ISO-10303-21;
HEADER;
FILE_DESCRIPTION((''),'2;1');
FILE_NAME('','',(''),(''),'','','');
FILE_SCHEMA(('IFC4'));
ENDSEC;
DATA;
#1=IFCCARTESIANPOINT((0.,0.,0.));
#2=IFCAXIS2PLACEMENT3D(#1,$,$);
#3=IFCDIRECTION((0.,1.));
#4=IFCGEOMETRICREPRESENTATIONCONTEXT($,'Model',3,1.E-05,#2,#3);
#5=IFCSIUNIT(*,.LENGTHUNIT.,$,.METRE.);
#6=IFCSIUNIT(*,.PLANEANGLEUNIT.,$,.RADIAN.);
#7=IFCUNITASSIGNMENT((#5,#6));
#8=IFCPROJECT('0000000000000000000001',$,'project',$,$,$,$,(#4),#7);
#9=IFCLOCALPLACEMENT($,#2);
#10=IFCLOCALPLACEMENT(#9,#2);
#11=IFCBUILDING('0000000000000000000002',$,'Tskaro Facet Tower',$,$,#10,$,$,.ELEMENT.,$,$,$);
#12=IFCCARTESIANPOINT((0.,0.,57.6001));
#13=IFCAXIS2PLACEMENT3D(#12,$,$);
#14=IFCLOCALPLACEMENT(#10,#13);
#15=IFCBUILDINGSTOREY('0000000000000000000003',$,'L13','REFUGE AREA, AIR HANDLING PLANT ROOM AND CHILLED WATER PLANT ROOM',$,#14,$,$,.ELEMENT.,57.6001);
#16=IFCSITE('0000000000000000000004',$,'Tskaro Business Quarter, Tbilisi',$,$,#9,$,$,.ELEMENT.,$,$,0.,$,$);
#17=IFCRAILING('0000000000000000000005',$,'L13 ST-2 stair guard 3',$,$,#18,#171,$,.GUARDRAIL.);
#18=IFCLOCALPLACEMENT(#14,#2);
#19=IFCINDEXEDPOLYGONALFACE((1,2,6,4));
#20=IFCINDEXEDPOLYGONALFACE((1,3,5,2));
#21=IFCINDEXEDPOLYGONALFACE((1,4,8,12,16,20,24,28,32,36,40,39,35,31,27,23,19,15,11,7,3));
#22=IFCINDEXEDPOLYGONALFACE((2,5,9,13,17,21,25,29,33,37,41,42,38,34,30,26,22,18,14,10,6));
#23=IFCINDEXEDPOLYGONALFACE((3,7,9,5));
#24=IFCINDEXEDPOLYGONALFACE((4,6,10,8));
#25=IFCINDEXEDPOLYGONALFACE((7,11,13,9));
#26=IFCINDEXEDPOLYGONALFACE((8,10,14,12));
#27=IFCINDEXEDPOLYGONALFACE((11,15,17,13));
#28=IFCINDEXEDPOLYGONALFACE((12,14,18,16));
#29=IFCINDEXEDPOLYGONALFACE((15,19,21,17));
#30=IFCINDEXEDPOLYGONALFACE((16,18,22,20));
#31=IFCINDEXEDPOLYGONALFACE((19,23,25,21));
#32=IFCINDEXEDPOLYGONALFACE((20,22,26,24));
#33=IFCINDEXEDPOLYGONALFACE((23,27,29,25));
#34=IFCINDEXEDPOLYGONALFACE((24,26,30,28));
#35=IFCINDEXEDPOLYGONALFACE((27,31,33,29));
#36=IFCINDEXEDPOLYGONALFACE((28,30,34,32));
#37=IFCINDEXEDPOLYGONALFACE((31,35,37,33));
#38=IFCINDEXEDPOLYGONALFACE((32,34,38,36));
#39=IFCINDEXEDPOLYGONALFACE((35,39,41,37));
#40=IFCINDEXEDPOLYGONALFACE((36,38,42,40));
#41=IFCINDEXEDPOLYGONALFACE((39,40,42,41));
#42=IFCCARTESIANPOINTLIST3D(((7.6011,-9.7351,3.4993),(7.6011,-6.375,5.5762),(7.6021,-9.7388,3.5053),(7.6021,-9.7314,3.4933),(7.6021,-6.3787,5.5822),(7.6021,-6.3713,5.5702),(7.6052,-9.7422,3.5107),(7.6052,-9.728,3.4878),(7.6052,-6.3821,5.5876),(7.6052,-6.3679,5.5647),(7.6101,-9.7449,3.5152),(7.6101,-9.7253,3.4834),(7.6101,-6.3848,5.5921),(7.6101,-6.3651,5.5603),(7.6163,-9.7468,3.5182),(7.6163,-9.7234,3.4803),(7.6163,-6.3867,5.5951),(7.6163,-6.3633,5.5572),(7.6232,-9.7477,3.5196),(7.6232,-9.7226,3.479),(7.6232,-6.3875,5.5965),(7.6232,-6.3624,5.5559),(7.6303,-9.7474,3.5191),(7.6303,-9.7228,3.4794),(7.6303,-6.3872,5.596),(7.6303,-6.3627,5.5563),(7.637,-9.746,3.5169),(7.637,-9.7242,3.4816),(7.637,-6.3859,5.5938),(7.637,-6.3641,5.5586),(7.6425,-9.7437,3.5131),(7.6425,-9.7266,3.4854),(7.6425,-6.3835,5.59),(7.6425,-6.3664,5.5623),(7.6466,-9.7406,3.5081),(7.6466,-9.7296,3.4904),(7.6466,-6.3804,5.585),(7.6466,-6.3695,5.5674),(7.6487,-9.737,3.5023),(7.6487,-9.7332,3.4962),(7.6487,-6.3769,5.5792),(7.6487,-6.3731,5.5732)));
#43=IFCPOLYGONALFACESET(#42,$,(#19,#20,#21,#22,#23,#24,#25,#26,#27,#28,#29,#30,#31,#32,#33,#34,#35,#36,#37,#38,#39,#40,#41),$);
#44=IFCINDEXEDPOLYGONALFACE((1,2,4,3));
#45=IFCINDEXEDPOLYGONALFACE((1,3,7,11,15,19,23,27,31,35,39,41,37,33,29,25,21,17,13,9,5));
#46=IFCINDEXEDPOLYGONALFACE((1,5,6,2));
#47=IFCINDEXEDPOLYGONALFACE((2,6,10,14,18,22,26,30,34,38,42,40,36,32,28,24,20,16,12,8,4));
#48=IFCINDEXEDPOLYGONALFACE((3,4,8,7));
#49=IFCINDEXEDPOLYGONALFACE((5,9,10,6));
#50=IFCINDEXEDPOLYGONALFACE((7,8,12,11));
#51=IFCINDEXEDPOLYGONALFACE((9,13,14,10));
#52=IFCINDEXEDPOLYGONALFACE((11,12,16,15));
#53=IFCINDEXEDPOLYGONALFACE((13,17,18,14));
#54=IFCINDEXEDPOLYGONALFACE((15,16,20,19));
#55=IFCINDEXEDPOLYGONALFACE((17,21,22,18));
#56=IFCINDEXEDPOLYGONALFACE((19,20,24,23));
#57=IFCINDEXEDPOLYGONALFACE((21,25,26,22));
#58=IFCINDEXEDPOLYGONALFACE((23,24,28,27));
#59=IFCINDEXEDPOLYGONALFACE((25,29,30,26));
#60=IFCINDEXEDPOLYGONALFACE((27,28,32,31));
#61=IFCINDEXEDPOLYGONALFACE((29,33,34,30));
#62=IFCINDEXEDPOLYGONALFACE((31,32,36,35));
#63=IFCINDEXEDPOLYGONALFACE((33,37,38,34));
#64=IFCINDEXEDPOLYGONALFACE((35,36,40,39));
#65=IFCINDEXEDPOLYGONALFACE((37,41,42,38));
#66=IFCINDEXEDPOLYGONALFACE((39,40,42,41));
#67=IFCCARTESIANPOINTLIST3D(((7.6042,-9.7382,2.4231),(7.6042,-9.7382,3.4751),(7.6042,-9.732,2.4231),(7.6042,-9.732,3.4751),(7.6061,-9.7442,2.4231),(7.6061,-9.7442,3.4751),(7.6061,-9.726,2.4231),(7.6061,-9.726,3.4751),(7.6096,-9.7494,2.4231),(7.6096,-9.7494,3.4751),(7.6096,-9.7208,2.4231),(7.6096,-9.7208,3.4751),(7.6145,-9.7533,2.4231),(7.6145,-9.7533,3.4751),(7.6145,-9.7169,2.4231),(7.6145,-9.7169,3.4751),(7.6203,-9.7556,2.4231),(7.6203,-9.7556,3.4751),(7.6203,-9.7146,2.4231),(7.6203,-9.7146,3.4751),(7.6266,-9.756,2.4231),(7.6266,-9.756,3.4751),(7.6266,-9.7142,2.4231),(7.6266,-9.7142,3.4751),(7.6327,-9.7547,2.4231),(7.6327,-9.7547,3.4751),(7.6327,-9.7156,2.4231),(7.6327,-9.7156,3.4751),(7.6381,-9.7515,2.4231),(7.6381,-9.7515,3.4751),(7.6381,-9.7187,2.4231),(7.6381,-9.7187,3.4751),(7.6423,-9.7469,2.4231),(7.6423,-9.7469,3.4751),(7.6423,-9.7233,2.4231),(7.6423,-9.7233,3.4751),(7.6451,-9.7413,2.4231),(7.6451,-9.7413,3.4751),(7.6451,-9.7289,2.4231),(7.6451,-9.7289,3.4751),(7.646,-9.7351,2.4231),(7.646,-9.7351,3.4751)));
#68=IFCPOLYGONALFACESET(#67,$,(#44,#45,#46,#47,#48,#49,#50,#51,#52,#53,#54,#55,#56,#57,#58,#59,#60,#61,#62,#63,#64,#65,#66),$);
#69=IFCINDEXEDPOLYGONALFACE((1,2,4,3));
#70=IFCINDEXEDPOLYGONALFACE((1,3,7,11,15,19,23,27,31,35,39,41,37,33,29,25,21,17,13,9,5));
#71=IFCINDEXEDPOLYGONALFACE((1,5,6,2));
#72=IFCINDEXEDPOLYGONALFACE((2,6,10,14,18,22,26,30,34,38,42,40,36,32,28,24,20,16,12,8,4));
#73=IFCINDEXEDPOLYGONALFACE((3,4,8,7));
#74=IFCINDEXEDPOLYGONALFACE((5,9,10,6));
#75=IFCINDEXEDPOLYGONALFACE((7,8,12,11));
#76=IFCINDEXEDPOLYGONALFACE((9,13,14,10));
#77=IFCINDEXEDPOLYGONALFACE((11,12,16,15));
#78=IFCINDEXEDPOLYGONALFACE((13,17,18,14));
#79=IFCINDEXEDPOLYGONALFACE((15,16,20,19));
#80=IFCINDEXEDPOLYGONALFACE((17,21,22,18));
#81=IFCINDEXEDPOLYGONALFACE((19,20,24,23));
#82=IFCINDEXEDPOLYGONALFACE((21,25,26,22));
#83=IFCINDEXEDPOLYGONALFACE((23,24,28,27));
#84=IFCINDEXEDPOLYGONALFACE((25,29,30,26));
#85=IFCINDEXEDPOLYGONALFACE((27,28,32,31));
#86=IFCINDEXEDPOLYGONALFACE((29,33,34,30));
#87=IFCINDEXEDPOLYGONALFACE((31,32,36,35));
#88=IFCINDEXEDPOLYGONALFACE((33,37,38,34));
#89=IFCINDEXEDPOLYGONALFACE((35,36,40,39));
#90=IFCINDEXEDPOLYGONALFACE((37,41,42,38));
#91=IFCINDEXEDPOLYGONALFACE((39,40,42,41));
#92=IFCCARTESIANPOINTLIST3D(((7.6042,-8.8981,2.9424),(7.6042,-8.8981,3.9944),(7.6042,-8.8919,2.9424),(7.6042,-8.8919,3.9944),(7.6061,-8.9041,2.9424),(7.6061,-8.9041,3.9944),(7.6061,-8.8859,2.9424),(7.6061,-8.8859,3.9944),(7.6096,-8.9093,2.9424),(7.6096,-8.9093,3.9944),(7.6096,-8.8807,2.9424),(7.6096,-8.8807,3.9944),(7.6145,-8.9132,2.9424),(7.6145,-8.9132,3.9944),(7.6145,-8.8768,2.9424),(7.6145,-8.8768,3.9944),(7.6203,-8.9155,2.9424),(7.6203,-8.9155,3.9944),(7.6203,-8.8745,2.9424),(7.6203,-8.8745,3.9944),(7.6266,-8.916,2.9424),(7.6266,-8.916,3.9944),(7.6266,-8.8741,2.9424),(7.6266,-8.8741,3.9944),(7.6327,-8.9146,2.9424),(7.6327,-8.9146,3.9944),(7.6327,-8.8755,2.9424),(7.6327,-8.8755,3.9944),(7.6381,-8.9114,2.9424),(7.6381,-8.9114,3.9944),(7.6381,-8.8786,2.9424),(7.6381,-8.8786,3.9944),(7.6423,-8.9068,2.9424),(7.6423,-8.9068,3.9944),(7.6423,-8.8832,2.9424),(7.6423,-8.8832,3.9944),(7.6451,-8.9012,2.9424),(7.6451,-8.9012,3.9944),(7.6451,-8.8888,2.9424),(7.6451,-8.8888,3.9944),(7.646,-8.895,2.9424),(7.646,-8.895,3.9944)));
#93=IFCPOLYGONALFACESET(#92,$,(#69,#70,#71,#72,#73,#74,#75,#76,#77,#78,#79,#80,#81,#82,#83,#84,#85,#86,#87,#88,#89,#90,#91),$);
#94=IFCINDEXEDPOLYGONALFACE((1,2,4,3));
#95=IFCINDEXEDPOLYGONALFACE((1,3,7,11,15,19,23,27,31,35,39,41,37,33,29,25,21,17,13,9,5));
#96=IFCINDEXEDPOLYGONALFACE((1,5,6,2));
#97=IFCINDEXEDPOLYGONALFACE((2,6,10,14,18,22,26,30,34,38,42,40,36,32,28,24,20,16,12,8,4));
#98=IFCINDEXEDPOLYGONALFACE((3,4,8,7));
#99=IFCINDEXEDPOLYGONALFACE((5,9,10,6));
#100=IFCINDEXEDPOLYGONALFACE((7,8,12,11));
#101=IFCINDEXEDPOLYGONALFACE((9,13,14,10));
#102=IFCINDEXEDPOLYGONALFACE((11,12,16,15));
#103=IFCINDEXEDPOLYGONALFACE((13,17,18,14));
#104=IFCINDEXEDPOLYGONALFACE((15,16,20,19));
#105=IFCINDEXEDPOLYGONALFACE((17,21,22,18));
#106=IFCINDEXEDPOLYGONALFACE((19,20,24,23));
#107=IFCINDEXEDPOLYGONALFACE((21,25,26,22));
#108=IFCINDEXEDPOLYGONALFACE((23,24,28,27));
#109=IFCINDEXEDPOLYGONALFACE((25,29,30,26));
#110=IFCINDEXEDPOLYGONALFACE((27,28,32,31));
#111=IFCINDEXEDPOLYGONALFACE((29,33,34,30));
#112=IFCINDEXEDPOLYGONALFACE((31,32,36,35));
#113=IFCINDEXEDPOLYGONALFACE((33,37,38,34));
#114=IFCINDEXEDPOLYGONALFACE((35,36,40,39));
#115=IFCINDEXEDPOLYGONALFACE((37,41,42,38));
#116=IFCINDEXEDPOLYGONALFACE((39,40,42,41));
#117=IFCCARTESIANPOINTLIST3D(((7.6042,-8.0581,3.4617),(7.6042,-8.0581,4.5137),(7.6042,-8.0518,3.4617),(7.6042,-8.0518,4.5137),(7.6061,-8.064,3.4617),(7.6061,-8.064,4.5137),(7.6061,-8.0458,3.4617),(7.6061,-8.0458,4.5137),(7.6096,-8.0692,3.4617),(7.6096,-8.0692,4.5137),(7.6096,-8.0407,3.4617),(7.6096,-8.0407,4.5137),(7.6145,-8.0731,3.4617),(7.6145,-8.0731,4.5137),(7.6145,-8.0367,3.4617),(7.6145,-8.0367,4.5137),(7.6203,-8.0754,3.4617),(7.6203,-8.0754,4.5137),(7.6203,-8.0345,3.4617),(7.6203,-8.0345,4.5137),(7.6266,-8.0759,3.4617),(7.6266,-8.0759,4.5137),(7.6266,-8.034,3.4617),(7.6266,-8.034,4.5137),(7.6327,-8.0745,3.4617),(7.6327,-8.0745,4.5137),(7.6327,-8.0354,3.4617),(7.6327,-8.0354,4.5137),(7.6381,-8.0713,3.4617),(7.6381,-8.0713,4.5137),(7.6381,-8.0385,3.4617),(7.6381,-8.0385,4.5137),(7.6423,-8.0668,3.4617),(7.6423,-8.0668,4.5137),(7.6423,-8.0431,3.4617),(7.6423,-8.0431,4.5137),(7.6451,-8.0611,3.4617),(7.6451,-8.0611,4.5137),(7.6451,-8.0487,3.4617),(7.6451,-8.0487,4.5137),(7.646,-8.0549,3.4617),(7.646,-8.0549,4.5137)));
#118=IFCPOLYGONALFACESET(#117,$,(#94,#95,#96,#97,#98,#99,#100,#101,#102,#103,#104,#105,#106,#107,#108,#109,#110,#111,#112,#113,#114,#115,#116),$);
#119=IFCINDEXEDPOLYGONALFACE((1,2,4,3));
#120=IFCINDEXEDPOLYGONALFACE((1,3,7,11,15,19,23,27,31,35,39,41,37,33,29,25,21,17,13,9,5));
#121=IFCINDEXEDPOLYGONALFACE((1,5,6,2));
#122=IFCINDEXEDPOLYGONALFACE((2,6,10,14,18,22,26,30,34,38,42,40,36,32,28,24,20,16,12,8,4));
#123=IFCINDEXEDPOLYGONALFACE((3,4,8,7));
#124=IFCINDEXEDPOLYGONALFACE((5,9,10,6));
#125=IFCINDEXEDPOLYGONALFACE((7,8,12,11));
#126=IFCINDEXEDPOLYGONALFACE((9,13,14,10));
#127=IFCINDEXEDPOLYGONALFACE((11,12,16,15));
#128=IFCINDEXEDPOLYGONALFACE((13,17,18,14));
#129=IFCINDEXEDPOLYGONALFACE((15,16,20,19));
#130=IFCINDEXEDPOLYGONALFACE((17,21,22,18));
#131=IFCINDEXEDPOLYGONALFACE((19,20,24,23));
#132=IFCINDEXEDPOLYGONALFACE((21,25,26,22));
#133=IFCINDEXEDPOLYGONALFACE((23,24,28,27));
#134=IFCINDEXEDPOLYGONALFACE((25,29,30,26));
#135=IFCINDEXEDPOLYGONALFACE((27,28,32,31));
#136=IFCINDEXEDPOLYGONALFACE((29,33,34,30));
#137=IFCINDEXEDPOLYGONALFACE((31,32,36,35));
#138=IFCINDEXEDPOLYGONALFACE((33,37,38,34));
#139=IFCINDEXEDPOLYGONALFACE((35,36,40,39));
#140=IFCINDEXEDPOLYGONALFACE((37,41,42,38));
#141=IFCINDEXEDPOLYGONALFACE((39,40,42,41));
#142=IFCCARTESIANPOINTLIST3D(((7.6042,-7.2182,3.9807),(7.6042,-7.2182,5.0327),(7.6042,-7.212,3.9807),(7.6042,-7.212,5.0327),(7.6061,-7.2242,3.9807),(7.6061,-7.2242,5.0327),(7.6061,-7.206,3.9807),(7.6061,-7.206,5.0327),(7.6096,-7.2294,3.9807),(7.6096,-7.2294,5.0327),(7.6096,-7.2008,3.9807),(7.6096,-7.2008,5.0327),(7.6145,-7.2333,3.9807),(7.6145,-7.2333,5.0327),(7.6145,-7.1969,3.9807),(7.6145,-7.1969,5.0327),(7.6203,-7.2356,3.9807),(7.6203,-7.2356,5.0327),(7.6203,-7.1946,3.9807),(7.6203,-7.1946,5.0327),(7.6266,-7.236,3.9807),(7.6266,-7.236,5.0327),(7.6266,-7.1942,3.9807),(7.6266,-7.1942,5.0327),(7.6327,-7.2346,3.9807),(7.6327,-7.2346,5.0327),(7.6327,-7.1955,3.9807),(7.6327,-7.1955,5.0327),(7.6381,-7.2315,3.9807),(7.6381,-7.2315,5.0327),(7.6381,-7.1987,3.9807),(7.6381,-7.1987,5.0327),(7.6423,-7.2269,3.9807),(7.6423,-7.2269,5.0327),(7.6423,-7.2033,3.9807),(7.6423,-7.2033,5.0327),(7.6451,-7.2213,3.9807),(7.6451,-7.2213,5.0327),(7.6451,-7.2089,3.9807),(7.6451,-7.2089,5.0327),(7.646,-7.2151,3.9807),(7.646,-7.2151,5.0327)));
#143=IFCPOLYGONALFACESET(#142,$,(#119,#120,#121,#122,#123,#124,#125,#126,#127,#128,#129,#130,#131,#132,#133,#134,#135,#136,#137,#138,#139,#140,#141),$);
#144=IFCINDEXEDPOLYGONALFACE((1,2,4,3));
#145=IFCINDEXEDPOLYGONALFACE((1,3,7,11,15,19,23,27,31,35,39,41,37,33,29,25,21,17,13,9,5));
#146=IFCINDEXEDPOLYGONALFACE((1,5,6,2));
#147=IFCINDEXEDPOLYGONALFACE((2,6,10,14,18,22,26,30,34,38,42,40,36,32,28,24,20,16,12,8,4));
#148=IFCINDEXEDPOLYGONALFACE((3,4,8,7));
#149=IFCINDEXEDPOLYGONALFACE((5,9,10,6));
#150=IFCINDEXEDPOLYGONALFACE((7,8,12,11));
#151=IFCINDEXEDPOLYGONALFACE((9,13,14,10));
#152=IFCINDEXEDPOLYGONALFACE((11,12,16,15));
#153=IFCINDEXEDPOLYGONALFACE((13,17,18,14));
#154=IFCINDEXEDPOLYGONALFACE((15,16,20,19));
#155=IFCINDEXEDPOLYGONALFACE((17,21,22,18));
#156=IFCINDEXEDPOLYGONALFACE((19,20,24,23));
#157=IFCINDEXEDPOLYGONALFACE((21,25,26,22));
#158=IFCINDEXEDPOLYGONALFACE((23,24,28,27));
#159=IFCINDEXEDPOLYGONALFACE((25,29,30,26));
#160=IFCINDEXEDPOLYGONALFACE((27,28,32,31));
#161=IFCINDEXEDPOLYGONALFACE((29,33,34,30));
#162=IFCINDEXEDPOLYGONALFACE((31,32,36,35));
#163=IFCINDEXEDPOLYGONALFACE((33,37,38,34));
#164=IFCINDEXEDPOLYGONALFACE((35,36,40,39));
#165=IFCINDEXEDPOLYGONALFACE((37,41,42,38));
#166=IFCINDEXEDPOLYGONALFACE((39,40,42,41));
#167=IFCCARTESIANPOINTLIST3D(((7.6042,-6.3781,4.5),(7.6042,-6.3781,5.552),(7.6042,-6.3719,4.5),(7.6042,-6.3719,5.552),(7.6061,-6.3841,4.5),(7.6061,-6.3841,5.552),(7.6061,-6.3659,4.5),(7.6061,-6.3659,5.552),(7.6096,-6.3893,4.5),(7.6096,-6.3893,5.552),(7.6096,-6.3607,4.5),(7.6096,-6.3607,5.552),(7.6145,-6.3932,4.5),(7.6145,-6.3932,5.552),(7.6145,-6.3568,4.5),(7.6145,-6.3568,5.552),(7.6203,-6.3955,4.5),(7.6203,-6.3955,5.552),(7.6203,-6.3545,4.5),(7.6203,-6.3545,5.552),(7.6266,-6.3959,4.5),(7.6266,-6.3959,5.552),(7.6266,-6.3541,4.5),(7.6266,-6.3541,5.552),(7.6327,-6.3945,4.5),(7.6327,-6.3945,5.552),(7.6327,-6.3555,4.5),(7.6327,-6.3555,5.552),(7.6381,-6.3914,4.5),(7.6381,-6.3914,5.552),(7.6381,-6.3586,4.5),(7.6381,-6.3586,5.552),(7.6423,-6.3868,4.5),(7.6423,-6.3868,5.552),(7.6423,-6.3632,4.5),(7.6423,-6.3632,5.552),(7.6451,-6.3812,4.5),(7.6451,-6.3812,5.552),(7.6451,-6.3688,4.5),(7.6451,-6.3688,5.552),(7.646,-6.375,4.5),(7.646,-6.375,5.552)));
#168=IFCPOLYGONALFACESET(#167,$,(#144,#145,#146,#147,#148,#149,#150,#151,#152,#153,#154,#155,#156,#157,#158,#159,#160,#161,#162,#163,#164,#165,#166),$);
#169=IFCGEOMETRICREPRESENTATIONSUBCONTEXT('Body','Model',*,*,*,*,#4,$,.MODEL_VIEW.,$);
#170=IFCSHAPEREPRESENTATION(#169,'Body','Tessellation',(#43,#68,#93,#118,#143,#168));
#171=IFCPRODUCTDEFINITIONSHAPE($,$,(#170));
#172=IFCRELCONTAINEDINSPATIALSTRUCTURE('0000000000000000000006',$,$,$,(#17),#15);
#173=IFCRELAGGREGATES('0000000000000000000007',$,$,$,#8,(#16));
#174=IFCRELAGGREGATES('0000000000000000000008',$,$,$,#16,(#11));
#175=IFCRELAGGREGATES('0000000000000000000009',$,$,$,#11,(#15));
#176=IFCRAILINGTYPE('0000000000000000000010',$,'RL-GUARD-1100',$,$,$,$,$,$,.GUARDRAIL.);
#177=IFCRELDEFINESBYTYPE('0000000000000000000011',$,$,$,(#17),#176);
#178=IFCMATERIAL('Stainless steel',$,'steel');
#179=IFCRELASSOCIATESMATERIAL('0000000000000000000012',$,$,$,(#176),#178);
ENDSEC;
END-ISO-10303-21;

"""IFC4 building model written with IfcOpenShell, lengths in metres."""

from ifc_helpers import new_model, si_unit, direction, frame, origin, origin_2d, place, context, subcontext, project, spatial, circle, extrude, material, type_object, element, save


model = new_model("IFC4")

# Units and contexts
model_context = context("Model", 3, precision=1e-05, world=origin(), true_north=direction((0.0, 1.0)))
body_context = subcontext(model_context, "Body", "Model", "MODEL_VIEW")
ifc_project = project(units=[si_unit("LENGTHUNIT", "METRE"), si_unit("PLANEANGLEUNIT", "RADIAN")], contexts=[model_context])

# Site, building, storey
site_placement = place(None, origin())
site = spatial("IfcSite", under=ifc_project, at=site_placement, Name="Tskaro Business Quarter, Tbilisi", CompositionType="ELEMENT", RefElevation=0.0)
building_placement = place(site_placement, origin())
building = spatial("IfcBuilding", under=site, at=building_placement, Name="Tskaro Facet Tower", CompositionType="ELEMENT")
storey_placement = place(building_placement, frame((0.0, 0.0, 57.6001)))
storey = spatial("IfcBuildingStorey", under=building, at=storey_placement, Name="L13", Description="REFUGE AREA, AIR HANDLING PLANT ROOM AND CHILLED WATER PLANT ROOM", CompositionType="ELEMENT", Elevation=57.6001)

# Railing
ifc_material_1 = material(Name="Stainless steel", Category="steel")
railing_type = type_object("IfcRailingType", Name="RL-GUARD-1100", PredefinedType="GUARDRAIL", material=ifc_material_1)
railing_1_placement = place(storey_placement, frame((7.625, -9.7351, 2.4231)))
element("IfcRailing", 1, at=railing_1_placement, inside=storey, type_object=railing_type, Name="L13 ST-2 stair guard 3", PredefinedType="GUARDRAIL", context=body_context, shape_type="SweptSolid", body=[
    extrude(circle(Radius=0.0239, at=origin_2d()), frame((0.0, 0.0, 1.0762), z_axis=(0.0, 0.850623, 0.525776), x_axis=(-1.0, 0.0, 0.0)), (0.0, 0.0, 1.0), 3.9502),
    extrude(circle(Radius=0.021, at=origin_2d()), origin(), (0.0, 0.0, 1.0), 1.052),
    extrude(circle(Radius=0.021, at=origin_2d()), frame((0.0, 0.8401, 0.5193)), (0.0, 0.0, 1.0), 1.052),
    extrude(circle(Radius=0.021, at=origin_2d()), frame((0.0, 1.6802, 1.0386)), (0.0, 0.0, 1.0), 1.052),
    extrude(circle(Radius=0.021, at=origin_2d()), frame((0.0, 2.52, 1.5576)), (0.0, 0.0, 1.0), 1.052),
    extrude(circle(Radius=0.021, at=origin_2d()), frame((0.0, 3.3601, 2.0769)), (0.0, 0.0, 1.0), 1.052),
])

save(model, "model.ifc")
